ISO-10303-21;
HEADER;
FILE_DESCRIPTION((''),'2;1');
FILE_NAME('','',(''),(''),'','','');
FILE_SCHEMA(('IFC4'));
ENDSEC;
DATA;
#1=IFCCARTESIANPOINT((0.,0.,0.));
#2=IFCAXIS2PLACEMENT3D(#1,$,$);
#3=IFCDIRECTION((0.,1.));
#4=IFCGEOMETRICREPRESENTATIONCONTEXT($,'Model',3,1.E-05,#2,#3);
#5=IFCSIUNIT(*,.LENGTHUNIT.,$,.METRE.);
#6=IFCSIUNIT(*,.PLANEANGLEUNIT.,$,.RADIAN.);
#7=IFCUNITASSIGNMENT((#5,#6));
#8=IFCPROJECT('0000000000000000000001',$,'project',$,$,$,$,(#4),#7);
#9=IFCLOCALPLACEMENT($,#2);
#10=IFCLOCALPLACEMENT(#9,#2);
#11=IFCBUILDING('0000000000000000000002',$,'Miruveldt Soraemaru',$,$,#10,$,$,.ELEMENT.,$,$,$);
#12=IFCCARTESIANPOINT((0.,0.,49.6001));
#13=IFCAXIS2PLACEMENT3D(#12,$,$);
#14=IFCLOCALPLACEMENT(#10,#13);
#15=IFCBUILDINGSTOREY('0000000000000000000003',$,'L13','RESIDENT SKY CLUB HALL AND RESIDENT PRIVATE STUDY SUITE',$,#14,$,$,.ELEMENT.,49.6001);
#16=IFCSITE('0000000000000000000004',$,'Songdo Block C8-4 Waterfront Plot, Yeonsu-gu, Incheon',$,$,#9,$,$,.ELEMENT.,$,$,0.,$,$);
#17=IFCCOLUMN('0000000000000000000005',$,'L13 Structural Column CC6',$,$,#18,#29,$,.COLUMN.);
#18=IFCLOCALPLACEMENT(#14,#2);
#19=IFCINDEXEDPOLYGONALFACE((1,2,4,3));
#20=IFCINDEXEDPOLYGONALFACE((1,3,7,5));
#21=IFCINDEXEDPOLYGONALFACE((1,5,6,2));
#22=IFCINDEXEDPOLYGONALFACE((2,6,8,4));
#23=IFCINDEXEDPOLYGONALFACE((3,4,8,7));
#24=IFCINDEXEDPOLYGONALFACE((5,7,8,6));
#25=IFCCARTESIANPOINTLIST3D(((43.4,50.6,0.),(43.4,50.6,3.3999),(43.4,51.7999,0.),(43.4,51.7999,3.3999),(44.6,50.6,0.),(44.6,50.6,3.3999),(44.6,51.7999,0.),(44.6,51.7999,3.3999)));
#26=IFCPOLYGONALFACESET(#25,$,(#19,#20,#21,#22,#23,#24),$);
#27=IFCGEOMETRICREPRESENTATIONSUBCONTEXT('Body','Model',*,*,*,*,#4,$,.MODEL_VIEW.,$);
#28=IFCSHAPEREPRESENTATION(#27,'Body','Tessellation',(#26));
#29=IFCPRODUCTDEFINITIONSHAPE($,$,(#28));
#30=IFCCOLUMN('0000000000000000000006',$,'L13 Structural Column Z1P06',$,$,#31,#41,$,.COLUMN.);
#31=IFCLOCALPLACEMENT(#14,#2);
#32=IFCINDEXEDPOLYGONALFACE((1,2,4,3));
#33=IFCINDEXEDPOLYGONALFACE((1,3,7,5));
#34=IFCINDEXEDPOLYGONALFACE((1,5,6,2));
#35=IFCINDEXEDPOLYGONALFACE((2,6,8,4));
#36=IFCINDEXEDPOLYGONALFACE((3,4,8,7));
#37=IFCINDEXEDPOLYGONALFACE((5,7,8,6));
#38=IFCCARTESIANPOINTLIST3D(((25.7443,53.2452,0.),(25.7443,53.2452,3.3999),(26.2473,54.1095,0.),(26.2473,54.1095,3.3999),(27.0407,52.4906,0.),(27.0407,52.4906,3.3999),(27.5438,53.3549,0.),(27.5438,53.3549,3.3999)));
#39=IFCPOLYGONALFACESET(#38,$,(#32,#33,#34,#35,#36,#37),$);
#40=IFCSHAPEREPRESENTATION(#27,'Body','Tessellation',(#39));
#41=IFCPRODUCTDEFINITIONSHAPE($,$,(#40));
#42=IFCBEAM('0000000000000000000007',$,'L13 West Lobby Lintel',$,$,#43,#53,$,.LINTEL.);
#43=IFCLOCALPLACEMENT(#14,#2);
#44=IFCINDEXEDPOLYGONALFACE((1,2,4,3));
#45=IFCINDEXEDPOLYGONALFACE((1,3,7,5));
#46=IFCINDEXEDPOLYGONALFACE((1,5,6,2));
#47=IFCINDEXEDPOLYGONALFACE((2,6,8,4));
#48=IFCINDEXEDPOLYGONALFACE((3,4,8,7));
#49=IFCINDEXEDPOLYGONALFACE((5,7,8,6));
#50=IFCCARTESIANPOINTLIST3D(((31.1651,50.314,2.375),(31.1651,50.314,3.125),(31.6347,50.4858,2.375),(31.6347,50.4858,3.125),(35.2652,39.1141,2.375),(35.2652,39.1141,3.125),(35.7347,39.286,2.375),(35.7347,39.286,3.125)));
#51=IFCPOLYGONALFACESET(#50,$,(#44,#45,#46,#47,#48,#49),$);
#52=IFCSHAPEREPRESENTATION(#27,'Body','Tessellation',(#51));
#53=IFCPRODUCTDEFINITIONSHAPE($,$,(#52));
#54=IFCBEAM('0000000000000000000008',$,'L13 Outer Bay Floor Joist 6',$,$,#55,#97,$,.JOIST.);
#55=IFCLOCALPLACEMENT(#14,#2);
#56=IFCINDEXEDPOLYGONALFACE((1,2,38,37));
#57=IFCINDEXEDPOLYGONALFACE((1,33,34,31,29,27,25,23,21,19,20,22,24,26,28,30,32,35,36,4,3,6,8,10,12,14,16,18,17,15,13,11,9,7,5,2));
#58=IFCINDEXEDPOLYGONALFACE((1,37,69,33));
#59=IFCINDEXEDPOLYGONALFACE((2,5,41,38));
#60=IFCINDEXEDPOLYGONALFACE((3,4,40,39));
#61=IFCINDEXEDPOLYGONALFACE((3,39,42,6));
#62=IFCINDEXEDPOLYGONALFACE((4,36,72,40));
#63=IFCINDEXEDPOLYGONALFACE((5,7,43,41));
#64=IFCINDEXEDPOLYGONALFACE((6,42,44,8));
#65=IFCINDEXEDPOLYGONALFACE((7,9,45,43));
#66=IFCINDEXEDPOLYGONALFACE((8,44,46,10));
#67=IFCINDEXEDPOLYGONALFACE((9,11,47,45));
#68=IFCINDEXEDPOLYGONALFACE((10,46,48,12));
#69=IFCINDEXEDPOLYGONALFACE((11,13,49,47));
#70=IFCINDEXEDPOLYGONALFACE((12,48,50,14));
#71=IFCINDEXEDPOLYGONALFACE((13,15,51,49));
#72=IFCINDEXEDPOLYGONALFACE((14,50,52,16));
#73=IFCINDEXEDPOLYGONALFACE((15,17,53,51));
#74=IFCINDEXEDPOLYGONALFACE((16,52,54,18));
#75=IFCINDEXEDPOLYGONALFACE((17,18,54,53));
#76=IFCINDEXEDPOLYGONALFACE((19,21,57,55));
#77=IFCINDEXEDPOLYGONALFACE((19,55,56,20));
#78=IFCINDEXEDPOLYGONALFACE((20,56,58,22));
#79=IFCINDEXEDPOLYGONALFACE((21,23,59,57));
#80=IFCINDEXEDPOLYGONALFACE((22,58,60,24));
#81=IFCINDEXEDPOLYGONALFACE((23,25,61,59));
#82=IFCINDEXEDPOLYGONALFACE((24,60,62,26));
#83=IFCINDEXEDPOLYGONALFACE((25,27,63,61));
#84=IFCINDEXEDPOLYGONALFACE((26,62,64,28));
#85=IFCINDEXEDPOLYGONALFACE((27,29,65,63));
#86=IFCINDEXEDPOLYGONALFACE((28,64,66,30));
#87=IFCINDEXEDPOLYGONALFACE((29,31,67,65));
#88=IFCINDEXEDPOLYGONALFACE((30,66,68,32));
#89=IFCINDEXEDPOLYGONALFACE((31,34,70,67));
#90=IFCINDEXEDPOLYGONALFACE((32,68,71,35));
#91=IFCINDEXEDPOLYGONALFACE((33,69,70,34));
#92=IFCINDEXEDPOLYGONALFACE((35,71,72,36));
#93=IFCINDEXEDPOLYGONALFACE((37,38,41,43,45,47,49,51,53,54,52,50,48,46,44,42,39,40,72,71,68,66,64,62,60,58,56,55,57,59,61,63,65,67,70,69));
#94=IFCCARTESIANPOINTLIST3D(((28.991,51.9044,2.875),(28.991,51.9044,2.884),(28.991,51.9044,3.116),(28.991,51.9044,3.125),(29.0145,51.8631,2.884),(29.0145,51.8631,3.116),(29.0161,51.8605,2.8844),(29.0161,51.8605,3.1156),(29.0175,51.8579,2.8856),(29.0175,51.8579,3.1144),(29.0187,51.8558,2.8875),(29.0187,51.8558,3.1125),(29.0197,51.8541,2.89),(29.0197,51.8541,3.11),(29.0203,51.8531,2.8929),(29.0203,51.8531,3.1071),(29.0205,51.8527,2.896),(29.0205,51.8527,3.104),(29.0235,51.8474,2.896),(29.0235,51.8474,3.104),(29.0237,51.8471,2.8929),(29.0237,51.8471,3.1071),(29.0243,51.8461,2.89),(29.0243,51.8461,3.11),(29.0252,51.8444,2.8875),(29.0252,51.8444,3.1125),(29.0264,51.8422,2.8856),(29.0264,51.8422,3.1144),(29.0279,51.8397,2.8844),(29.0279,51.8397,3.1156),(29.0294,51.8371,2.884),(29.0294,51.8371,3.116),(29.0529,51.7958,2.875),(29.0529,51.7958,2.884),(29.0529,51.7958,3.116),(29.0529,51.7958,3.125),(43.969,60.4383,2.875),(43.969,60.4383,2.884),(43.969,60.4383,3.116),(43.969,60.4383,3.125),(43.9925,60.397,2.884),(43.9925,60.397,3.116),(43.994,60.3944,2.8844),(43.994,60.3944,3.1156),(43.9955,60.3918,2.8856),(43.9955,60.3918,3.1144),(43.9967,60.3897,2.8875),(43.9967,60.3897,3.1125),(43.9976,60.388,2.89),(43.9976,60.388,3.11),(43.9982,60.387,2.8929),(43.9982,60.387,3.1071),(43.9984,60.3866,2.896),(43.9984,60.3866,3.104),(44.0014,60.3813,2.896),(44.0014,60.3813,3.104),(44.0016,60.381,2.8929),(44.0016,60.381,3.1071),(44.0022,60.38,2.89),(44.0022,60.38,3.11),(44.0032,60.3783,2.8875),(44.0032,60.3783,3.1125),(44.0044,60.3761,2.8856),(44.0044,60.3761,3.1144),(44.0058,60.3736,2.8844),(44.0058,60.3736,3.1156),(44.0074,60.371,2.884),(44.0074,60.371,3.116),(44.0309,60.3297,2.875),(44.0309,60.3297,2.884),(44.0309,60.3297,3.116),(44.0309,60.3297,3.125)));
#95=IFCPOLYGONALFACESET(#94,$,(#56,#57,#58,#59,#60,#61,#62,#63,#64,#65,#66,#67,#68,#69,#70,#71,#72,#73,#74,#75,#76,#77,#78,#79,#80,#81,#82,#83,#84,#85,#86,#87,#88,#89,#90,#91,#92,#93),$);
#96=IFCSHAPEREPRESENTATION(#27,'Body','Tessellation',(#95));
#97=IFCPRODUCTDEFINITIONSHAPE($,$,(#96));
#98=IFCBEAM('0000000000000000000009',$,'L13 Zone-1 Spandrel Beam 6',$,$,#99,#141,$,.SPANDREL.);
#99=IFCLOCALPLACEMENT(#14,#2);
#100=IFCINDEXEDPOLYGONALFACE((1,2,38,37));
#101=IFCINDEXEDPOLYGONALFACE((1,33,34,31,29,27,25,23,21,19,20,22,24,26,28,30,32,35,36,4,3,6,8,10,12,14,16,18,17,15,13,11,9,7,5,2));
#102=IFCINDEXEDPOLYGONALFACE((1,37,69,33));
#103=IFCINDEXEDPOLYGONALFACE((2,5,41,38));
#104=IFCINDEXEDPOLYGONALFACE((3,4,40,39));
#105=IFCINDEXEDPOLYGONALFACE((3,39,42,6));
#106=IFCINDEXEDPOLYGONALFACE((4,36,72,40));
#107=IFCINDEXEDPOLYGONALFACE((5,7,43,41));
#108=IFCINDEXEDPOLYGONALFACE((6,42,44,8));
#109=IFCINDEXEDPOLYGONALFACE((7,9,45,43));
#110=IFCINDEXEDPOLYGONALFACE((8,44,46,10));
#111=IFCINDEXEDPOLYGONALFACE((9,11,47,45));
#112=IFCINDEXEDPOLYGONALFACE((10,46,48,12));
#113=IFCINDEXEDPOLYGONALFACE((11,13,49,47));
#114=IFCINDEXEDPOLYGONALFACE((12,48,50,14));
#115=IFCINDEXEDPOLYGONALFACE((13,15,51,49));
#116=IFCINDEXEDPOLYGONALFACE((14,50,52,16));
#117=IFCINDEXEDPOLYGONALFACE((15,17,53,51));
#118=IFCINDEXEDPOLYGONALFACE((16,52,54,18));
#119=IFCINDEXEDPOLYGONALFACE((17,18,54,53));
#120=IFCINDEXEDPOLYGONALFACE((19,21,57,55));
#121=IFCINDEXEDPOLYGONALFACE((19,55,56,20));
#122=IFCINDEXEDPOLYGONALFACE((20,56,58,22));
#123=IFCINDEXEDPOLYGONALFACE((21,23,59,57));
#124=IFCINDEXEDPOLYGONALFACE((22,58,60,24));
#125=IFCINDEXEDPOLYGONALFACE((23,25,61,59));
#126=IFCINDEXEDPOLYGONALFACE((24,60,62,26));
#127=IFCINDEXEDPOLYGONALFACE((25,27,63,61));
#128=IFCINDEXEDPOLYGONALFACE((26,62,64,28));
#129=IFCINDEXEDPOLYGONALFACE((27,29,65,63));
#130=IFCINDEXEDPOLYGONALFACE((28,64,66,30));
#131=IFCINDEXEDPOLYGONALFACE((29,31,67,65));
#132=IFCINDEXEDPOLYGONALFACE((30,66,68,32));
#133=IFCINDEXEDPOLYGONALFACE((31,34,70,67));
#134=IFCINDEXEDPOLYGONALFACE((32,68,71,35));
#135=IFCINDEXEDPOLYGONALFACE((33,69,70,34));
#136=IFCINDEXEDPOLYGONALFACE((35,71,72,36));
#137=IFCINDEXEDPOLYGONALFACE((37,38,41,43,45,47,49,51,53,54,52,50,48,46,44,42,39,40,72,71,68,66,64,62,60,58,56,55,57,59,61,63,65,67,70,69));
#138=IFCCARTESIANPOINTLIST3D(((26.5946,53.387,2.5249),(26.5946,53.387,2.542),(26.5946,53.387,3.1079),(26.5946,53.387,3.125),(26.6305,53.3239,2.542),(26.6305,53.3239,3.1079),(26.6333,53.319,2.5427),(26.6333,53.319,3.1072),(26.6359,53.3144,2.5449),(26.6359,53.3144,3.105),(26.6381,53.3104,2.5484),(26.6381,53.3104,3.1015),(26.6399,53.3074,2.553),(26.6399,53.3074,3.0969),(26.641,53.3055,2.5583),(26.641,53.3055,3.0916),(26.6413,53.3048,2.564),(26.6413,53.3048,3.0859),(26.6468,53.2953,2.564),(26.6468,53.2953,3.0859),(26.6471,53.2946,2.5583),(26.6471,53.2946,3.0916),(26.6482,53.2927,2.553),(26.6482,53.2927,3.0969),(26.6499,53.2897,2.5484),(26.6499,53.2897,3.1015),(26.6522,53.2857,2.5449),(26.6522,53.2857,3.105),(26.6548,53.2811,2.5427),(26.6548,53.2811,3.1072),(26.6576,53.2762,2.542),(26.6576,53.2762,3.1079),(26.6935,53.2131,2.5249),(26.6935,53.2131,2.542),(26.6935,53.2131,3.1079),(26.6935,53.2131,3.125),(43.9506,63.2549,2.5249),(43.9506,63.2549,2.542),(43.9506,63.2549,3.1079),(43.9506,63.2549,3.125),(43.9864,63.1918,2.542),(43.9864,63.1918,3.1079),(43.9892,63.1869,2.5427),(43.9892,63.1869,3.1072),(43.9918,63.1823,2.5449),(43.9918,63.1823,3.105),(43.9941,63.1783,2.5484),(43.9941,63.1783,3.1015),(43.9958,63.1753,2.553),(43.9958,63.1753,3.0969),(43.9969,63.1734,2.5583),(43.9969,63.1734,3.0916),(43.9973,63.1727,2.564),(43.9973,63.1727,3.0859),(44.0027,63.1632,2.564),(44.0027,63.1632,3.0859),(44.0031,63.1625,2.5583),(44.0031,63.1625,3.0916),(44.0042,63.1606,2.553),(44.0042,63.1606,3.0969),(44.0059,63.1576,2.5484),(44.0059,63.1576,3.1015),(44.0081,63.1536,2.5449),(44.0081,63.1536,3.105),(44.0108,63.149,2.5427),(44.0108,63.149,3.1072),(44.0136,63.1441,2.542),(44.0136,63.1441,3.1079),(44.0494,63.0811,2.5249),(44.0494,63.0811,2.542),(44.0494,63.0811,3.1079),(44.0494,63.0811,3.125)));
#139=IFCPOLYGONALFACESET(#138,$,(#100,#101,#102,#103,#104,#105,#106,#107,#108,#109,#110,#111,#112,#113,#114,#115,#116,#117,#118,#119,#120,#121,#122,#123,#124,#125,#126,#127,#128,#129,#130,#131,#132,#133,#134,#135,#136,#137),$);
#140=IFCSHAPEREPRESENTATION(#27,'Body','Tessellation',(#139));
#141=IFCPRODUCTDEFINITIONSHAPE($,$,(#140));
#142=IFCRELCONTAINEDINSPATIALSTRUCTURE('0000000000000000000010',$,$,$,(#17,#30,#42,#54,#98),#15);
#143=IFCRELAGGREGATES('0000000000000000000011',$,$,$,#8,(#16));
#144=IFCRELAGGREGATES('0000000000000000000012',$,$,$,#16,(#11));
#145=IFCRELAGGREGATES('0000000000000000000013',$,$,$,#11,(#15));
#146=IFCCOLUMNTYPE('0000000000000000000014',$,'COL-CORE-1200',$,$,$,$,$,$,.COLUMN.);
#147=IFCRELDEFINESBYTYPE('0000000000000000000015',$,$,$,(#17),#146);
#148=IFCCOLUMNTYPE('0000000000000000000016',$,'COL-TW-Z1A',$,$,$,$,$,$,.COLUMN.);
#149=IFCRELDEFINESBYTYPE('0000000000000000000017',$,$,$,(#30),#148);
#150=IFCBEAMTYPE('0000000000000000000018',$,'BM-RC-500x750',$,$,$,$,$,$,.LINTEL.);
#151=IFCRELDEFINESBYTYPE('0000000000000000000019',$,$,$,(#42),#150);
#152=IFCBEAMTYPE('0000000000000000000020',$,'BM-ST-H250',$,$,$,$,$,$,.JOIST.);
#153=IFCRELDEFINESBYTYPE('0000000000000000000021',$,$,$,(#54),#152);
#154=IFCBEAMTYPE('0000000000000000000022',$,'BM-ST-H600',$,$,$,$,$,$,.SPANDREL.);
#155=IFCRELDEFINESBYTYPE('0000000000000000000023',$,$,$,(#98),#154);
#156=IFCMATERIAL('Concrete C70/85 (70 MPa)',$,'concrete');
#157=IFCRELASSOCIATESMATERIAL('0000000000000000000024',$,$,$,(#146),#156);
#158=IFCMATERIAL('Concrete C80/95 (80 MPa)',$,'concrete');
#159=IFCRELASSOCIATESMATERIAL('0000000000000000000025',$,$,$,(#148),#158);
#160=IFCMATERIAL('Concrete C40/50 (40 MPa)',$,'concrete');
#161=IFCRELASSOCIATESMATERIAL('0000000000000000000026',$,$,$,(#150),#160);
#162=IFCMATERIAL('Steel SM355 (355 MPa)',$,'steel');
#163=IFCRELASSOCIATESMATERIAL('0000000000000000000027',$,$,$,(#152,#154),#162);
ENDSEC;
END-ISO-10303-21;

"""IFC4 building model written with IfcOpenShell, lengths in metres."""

from ifc_helpers import new_model, si_unit, direction, frame, origin, origin_2d, place, context, subcontext, project, spatial, rectangle, i_section, extrude, material, material_profile, profile_set, type_object, element, save


model = new_model("IFC4")

# Units and contexts
model_context = context("Model", 3, precision=1e-05, world=origin(), true_north=direction((0.0, 1.0)))
body_context = subcontext(model_context, "Body", "Model", "MODEL_VIEW")
ifc_project = project(units=[si_unit("LENGTHUNIT", "METRE"), si_unit("PLANEANGLEUNIT", "RADIAN")], contexts=[model_context])

# Site, building, storey
site_placement = place(None, origin())
site = spatial("IfcSite", under=ifc_project, at=site_placement, Name="Songdo Block C8-4 Waterfront Plot, Yeonsu-gu, Incheon", CompositionType="ELEMENT", RefElevation=0.0)
building_placement = place(site_placement, origin())
building = spatial("IfcBuilding", under=site, at=building_placement, Name="Miruveldt Soraemaru", CompositionType="ELEMENT")
storey_placement = place(building_placement, frame((0.0, 0.0, 49.6001)))
storey = spatial("IfcBuildingStorey", under=building, at=storey_placement, Name="L13", Description="RESIDENT SKY CLUB HALL AND RESIDENT PRIVATE STUDY SUITE", CompositionType="ELEMENT", Elevation=49.6001)

# Columns
ifc_material_1 = material(Name="Concrete C70/85 (70 MPa)", Category="concrete")
ifc_material_profile_1 = material_profile(ifc_material_1, rectangle(XDim=1.2, YDim=1.2, at=origin_2d()), Name="Concrete C70/85 (70 MPa)", Category="concrete")
ifc_profile_set_1 = profile_set([ifc_material_profile_1], Name="Concrete C70/85 (70 MPa)")
column_type_1 = type_object("IfcColumnType", Name="COL-CORE-1200", PredefinedType="COLUMN", material=ifc_profile_set_1)
column_1_placement = place(storey_placement, frame((44.0, 51.2, 0.0), z_axis=(0.0, 0.0, 1.0), x_axis=(1.0, 0.0, 0.0)))
element("IfcColumn", 1, at=column_1_placement, inside=storey, type_object=column_type_1, Name="L13 Structural Column CC6", PredefinedType="COLUMN", context=body_context, shape_type="SweptSolid", body=[
    extrude(rectangle(XDim=1.2, YDim=1.2, at=origin_2d()), origin(), (0.0, 0.0, 1.0), 3.3999),
])
ifc_material_2 = material(Name="Concrete C80/95 (80 MPa)", Category="concrete")
ifc_material_profile_2 = material_profile(ifc_material_2, rectangle(XDim=1.5, YDim=1.0, at=origin_2d()), Name="Concrete C80/95 (80 MPa)", Category="concrete")
ifc_profile_set_2 = profile_set([ifc_material_profile_2], Name="Concrete C80/95 (80 MPa)")
column_type_2 = type_object("IfcColumnType", Name="COL-TW-Z1A", PredefinedType="COLUMN", material=ifc_profile_set_2)
column_2_placement = place(storey_placement, frame((26.644, 53.3, 0.0), z_axis=(0.0, 0.0, 1.0), x_axis=(-0.864275, 0.50302, 0.0)))
element("IfcColumn", 2, at=column_2_placement, inside=storey, type_object=column_type_2, Name="L13 Structural Column Z1P06", PredefinedType="COLUMN", context=body_context, shape_type="SweptSolid", body=[
    extrude(rectangle(XDim=1.5, YDim=1.0, at=origin_2d()), origin(), (0.0, 0.0, 1.0), 3.3999),
])

# Beams
ifc_material_3 = material(Name="Concrete C40/50 (40 MPa)", Category="concrete")
ifc_material_profile_3 = material_profile(ifc_material_3, rectangle(XDim=0.5, YDim=0.75, at=origin_2d()), Name="Concrete C40/50 (40 MPa)", Category="concrete")
ifc_profile_set_3 = profile_set([ifc_material_profile_3], Name="Concrete C40/50 (40 MPa)")
beam_type_1 = type_object("IfcBeamType", Name="BM-RC-500x750", PredefinedType="LINTEL", material=ifc_profile_set_3)
beam_1_placement = place(storey_placement, frame((31.3999, 50.3999, 2.75), z_axis=(0.34377, -0.939054, 0.0), x_axis=(0.939054, 0.34377, 0.0)))
element("IfcBeam", 3, at=beam_1_placement, inside=storey, type_object=beam_type_1, Name="L13 West Lobby Lintel", PredefinedType="LINTEL", context=body_context, shape_type="SweptSolid", body=[
    extrude(rectangle(XDim=0.5, YDim=0.75, at=origin_2d()), origin(), (0.0, 0.0, 1.0), 11.9268),
])
ifc_material_4 = material(Name="Steel SM355 (355 MPa)", Category="steel")
ifc_material_profile_4 = material_profile(ifc_material_4, i_section(OverallWidth=0.125, OverallDepth=0.25, WebThickness=0.0061, FlangeThickness=0.009, FilletRadius=0.012, at=origin_2d()), Name="Steel SM355 (355 MPa)", Category="steel")
ifc_profile_set_4 = profile_set([ifc_material_profile_4], Name="Steel SM355 (355 MPa)")
beam_type_2 = type_object("IfcBeamType", Name="BM-ST-H250", PredefinedType="JOIST", material=ifc_profile_set_4)
beam_2_placement = place(storey_placement, frame((29.022, 51.8501, 3.0), z_axis=(0.868866, 0.495048, 0.0), x_axis=(-0.495048, 0.868866, 0.0)))
element("IfcBeam", 4, at=beam_2_placement, inside=storey, type_object=beam_type_2, Name="L13 Outer Bay Floor Joist 6", PredefinedType="JOIST", context=body_context, shape_type="SweptSolid", body=[
    extrude(i_section(OverallWidth=0.125, OverallDepth=0.25, WebThickness=0.0061, FlangeThickness=0.009, FilletRadius=0.012, at=origin_2d()), origin(), (0.0, 0.0, 1.0), 17.2385),
])
ifc_material_profile_5 = material_profile(ifc_material_4, i_section(OverallWidth=0.2, OverallDepth=0.6001, WebThickness=0.011, FlangeThickness=0.0171, FilletRadius=0.022, at=origin_2d()), Name="Steel SM355 (355 MPa)", Category="steel")
ifc_profile_set_5 = profile_set([ifc_material_profile_5], Name="Steel SM355 (355 MPa)")
beam_type_3 = type_object("IfcBeamType", Name="BM-ST-H600", PredefinedType="SPANDREL", material=ifc_profile_set_5)
beam_3_placement = place(storey_placement, frame((26.644, 53.3, 2.825), z_axis=(0.869315, 0.494259, 0.0), x_axis=(-0.494259, 0.869315, 0.0)))
element("IfcBeam", 5, at=beam_3_placement, inside=storey, type_object=beam_type_3, Name="L13 Zone-1 Spandrel Beam 6", PredefinedType="SPANDREL", context=body_context, shape_type="SweptSolid", body=[
    extrude(i_section(OverallWidth=0.2, OverallDepth=0.6001, WebThickness=0.011, FlangeThickness=0.0171, FilletRadius=0.022, at=origin_2d()), origin(), (0.0, 0.0, 1.0), 19.9651),
])

save(model, "model.ifc")
